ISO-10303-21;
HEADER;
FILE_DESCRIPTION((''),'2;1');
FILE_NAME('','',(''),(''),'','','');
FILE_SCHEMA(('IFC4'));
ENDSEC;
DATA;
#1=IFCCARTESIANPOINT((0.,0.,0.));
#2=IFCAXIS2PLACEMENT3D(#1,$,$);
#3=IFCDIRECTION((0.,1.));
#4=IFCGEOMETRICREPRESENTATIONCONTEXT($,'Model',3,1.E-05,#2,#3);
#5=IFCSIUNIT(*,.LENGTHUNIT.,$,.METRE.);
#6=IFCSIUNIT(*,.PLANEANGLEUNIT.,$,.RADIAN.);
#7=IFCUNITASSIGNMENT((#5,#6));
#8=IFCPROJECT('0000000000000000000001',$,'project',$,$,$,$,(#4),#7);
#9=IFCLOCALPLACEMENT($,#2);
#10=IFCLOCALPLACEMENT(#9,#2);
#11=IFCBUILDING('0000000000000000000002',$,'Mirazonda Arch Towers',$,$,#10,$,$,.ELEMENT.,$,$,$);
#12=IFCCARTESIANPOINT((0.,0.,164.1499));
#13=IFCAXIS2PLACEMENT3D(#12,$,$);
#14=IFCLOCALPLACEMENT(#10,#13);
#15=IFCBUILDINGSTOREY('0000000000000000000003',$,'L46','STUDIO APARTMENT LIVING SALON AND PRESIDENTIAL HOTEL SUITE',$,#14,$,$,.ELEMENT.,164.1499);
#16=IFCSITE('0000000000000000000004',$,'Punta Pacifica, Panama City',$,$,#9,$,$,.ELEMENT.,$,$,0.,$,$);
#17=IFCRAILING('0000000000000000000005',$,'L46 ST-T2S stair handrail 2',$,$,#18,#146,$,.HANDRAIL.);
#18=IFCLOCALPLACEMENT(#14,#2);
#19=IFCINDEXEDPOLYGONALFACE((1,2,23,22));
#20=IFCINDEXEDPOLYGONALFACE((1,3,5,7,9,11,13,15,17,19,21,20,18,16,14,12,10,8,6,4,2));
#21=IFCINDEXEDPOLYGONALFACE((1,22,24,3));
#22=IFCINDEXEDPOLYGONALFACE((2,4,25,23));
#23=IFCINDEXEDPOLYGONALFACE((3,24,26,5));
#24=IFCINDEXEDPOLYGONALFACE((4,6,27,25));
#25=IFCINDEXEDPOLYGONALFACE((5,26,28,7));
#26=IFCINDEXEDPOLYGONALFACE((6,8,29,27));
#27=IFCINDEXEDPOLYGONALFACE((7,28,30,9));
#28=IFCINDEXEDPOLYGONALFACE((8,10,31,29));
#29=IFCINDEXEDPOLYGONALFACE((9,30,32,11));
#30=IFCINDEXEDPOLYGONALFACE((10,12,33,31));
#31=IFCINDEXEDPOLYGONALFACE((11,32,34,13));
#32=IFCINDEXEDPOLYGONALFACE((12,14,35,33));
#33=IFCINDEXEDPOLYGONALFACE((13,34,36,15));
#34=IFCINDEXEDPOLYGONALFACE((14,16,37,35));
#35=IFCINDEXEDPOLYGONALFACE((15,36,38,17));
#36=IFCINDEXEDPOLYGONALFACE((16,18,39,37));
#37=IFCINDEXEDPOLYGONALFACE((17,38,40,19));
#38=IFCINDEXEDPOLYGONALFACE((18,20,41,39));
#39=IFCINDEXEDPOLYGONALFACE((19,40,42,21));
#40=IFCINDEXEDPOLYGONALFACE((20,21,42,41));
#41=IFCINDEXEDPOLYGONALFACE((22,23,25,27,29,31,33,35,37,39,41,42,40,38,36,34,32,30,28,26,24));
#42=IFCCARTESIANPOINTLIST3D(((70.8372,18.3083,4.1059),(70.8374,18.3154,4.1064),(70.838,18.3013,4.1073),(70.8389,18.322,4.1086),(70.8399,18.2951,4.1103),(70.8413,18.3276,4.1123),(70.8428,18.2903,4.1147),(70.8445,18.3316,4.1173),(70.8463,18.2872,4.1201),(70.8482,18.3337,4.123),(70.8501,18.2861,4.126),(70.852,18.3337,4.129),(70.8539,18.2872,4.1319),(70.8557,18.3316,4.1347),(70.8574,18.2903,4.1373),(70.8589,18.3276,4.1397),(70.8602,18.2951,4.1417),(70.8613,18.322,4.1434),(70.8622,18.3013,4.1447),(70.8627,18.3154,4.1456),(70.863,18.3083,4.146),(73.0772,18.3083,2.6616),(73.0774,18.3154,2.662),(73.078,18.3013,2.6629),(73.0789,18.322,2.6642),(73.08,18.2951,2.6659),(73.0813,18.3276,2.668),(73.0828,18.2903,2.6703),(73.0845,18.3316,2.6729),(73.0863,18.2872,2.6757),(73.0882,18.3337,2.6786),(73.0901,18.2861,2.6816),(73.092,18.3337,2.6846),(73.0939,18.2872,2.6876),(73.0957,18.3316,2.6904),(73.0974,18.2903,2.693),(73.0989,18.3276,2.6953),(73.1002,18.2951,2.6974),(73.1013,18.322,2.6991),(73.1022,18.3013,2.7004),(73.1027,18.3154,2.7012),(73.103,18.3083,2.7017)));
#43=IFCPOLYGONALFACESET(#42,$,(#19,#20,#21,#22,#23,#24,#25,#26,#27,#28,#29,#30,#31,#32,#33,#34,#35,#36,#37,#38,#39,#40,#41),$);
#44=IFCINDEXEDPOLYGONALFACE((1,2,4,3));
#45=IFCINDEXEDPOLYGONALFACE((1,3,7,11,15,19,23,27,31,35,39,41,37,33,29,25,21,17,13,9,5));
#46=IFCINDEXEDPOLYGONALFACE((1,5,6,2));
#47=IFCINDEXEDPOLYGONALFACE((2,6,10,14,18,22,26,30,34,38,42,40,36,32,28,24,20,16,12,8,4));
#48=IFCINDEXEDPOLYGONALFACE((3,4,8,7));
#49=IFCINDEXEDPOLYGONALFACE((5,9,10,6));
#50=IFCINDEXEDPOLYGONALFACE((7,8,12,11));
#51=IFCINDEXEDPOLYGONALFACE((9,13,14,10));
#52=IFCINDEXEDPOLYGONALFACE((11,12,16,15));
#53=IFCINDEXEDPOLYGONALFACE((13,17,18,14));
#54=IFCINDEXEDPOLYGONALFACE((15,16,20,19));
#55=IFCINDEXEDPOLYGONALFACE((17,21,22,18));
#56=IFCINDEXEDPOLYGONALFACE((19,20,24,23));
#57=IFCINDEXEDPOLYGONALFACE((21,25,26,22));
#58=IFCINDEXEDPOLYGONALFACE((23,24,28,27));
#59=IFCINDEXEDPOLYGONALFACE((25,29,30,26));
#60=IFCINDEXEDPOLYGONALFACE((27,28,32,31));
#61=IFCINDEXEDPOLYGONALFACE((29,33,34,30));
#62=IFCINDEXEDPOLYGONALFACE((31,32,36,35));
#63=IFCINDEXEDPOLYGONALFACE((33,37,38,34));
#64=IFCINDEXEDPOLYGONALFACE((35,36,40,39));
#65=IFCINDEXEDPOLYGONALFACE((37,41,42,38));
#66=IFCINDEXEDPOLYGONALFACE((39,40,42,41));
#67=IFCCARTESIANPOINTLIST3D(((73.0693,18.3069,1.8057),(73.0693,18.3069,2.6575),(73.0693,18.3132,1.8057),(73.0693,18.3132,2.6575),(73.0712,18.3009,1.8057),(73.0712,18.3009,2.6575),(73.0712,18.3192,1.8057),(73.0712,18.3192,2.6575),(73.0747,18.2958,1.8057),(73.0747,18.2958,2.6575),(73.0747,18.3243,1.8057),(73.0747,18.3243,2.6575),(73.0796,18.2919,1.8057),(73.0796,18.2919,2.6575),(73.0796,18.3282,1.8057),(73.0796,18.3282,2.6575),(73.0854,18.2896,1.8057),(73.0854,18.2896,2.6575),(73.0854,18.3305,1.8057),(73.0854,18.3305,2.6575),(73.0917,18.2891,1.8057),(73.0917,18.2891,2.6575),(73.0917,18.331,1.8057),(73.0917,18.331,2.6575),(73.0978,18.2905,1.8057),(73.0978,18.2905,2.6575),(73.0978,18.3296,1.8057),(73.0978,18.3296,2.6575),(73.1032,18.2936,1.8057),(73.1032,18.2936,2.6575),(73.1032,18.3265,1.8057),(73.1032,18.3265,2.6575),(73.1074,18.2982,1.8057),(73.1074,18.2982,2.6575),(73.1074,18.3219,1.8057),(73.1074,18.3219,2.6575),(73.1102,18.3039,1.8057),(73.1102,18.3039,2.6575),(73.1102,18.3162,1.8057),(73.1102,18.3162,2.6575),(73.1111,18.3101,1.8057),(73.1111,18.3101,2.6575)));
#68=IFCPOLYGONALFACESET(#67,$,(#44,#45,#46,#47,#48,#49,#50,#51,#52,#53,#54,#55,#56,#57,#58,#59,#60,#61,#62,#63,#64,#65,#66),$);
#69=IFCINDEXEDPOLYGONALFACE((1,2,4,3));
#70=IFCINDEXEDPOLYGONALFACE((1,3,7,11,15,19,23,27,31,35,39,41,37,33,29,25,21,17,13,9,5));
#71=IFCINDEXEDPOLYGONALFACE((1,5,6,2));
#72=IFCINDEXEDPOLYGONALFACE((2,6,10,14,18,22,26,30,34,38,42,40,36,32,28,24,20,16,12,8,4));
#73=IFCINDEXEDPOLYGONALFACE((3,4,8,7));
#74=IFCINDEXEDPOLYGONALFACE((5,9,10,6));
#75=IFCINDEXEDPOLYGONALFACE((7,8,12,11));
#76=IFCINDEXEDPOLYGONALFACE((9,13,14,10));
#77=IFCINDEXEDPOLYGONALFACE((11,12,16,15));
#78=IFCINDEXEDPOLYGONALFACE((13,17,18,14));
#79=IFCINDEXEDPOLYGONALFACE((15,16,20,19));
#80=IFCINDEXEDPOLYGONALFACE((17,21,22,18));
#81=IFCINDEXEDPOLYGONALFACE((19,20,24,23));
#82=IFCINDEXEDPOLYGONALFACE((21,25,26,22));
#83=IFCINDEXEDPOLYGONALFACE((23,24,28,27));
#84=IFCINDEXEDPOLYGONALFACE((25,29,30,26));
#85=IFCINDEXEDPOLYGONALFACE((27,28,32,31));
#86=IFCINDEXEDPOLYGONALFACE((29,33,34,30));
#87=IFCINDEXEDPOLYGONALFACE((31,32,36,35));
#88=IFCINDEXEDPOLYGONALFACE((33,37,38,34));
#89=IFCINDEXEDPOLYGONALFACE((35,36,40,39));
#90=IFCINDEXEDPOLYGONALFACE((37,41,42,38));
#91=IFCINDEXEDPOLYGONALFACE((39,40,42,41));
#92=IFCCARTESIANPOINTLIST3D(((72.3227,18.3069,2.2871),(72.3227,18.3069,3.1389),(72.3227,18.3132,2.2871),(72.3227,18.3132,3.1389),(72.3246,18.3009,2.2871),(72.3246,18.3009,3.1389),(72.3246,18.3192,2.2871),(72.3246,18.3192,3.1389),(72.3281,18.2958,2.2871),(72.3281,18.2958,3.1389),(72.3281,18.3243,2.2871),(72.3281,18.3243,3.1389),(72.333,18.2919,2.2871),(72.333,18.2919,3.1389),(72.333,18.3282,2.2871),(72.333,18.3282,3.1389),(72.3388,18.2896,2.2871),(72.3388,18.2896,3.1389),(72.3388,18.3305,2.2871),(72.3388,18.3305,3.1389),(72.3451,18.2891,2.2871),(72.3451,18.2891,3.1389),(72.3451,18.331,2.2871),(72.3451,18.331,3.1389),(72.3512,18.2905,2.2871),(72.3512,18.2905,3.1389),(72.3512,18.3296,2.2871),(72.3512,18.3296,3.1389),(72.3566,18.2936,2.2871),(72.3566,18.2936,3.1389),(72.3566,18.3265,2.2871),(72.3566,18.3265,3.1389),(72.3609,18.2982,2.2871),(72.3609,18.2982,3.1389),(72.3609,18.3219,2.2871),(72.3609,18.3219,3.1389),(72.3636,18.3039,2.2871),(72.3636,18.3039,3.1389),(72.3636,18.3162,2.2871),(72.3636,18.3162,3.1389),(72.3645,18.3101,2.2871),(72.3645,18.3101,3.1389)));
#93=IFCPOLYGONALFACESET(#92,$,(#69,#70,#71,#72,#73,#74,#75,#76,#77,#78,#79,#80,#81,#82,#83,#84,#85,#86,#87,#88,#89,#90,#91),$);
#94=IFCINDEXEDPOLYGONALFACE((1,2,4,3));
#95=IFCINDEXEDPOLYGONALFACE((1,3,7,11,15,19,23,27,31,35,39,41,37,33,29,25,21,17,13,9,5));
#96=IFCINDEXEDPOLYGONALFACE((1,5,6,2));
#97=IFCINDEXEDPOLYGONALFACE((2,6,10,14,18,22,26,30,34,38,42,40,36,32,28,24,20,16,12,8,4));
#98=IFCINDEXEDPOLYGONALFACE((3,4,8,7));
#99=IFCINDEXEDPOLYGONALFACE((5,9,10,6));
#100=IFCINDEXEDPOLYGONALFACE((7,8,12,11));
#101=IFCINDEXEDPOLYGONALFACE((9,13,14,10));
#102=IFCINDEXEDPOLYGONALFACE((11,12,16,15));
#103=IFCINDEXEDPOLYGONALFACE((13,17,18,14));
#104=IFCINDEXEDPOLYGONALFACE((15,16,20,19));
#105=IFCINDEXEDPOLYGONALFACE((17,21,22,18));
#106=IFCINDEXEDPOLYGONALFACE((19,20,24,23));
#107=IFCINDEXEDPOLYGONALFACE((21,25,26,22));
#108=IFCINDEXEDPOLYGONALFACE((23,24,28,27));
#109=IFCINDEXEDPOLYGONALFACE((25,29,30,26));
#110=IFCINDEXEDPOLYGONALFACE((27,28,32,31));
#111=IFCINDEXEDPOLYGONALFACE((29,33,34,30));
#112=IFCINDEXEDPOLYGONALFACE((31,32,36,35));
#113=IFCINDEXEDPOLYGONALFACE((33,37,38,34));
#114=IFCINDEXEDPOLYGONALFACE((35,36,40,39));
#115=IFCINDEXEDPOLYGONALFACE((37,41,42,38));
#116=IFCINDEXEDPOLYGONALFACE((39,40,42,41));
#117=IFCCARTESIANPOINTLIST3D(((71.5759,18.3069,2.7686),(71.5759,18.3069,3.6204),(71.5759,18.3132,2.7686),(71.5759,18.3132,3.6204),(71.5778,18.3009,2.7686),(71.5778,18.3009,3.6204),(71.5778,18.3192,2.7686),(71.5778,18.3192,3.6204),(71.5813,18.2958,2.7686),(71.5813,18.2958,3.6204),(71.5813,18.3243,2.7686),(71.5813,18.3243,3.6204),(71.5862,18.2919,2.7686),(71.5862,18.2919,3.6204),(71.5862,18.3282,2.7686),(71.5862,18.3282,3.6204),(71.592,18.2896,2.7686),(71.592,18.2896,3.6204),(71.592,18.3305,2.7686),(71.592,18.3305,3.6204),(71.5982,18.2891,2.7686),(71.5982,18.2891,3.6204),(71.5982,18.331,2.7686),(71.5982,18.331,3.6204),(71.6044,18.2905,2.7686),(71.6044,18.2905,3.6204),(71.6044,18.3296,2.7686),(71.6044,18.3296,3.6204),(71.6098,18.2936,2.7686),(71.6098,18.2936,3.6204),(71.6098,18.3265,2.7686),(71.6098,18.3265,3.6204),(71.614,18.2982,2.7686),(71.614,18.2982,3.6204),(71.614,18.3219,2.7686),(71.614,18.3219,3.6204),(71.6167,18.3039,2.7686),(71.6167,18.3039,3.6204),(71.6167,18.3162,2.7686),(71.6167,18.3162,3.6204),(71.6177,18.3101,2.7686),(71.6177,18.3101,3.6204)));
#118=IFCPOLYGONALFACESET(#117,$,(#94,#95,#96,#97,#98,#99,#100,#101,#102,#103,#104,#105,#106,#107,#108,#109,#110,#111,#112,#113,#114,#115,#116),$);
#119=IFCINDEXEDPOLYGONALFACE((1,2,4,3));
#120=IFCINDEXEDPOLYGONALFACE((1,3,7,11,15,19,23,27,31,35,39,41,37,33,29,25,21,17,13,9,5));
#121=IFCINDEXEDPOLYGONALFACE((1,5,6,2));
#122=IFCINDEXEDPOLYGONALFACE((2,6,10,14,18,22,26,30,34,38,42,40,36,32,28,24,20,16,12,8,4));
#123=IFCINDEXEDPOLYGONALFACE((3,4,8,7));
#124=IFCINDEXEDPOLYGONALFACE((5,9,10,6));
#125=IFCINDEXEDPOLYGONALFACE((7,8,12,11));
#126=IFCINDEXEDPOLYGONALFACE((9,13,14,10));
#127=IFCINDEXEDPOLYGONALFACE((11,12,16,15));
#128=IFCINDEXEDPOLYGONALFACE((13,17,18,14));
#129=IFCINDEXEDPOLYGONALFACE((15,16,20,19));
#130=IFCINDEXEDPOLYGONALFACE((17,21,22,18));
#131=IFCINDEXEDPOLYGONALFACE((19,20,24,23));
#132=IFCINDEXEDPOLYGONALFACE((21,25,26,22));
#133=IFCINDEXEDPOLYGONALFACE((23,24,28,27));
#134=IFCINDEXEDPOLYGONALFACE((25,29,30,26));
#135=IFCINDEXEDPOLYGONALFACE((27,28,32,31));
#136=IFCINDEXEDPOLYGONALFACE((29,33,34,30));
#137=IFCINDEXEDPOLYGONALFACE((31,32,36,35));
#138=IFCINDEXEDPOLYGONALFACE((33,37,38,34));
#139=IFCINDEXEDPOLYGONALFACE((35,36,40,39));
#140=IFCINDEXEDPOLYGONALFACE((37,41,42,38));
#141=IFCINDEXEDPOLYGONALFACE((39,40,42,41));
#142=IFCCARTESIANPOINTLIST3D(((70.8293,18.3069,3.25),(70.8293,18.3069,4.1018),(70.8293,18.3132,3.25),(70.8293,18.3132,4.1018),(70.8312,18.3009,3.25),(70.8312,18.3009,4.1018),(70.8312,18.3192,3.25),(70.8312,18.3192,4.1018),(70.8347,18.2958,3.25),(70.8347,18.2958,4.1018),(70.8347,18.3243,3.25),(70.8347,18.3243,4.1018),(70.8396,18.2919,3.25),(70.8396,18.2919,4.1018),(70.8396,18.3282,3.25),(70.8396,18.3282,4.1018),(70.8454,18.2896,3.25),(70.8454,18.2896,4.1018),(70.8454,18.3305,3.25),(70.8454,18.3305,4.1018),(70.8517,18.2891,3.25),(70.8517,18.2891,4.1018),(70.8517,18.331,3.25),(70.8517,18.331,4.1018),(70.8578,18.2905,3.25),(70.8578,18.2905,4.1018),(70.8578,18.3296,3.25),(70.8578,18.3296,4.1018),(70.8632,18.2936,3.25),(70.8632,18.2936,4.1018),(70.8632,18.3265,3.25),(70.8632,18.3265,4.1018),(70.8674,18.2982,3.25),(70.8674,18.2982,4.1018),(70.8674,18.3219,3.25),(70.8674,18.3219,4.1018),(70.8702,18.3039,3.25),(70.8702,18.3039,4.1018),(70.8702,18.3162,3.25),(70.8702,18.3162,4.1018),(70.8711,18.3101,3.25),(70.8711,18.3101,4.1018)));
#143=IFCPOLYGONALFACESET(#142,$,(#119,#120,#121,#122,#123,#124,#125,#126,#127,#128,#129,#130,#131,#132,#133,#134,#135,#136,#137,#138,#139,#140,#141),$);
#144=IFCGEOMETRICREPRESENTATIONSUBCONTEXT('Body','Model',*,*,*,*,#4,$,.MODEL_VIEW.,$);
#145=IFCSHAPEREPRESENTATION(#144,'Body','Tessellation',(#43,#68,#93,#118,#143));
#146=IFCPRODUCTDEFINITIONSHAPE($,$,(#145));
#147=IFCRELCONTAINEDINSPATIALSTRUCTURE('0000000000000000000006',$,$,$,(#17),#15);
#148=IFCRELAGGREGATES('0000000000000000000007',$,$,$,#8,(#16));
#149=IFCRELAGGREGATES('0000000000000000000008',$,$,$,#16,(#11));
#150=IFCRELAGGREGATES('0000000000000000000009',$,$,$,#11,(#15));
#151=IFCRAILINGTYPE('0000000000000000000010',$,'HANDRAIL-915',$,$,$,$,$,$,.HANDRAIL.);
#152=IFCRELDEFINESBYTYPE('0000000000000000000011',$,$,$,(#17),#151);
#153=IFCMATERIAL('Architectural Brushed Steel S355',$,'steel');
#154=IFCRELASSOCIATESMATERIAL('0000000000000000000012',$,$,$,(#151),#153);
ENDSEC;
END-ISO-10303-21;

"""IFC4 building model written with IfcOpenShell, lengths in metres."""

from ifc_helpers import new_model, si_unit, direction, frame, origin, origin_2d, place, context, subcontext, project, spatial, circle, extrude, material, type_object, element, save


model = new_model("IFC4")

# Units and contexts
model_context = context("Model", 3, precision=1e-05, world=origin(), true_north=direction((0.0, 1.0)))
body_context = subcontext(model_context, "Body", "Model", "MODEL_VIEW")
ifc_project = project(units=[si_unit("LENGTHUNIT", "METRE"), si_unit("PLANEANGLEUNIT", "RADIAN")], contexts=[model_context])

# Site, building, storey
site_placement = place(None, origin())
site = spatial("IfcSite", under=ifc_project, at=site_placement, Name="Punta Pacifica, Panama City", CompositionType="ELEMENT", RefElevation=0.0)
building_placement = place(site_placement, origin())
building = spatial("IfcBuilding", under=site, at=building_placement, Name="Mirazonda Arch Towers", CompositionType="ELEMENT")
storey_placement = place(building_placement, frame((0.0, 0.0, 164.1499)))
storey = spatial("IfcBuildingStorey", under=building, at=storey_placement, Name="L46", Description="STUDIO APARTMENT LIVING SALON AND PRESIDENTIAL HOTEL SUITE", CompositionType="ELEMENT", Elevation=164.1499)

# Shared definitions
ifc_material_1 = material(Name="Architectural Brushed Steel S355", Category="steel")

# Railing
railing_type_1 = type_object("IfcRailingType", Name="HANDRAIL-915", PredefinedType="HANDRAIL", material=ifc_material_1)
railing_1_placement = place(storey_placement, frame((73.0901, 18.3101, 1.8057)))
element("IfcRailing", 1, at=railing_1_placement, inside=storey, type_object=railing_type_1, Name="L46 ST-T2S stair handrail 2", PredefinedType="HANDRAIL", context=body_context, shape_type="SweptSolid", body=[
    extrude(circle(Radius=0.0239, at=origin_2d()), frame((0.0, 0.0, 0.876), z_axis=(-0.840437, 0.0, 0.54191), x_axis=(0.0, -1.0, 0.0)), (0.0, 0.0, 1.0), 2.6653),
    extrude(circle(Radius=0.021, at=origin_2d()), origin(), (0.0, 0.0, 1.0), 0.8518),
    extrude(circle(Radius=0.021, at=origin_2d()), frame((-0.7466, 0.0, 0.4814)), (0.0, 0.0, 1.0), 0.8518),
    extrude(circle(Radius=0.021, at=origin_2d()), frame((-1.4934, 0.0, 0.9629)), (0.0, 0.0, 1.0), 0.8518),
    extrude(circle(Radius=0.021, at=origin_2d()), frame((-2.24, 0.0, 1.4443)), (0.0, 0.0, 1.0), 0.8518),
])

save(model, "model.ifc")
